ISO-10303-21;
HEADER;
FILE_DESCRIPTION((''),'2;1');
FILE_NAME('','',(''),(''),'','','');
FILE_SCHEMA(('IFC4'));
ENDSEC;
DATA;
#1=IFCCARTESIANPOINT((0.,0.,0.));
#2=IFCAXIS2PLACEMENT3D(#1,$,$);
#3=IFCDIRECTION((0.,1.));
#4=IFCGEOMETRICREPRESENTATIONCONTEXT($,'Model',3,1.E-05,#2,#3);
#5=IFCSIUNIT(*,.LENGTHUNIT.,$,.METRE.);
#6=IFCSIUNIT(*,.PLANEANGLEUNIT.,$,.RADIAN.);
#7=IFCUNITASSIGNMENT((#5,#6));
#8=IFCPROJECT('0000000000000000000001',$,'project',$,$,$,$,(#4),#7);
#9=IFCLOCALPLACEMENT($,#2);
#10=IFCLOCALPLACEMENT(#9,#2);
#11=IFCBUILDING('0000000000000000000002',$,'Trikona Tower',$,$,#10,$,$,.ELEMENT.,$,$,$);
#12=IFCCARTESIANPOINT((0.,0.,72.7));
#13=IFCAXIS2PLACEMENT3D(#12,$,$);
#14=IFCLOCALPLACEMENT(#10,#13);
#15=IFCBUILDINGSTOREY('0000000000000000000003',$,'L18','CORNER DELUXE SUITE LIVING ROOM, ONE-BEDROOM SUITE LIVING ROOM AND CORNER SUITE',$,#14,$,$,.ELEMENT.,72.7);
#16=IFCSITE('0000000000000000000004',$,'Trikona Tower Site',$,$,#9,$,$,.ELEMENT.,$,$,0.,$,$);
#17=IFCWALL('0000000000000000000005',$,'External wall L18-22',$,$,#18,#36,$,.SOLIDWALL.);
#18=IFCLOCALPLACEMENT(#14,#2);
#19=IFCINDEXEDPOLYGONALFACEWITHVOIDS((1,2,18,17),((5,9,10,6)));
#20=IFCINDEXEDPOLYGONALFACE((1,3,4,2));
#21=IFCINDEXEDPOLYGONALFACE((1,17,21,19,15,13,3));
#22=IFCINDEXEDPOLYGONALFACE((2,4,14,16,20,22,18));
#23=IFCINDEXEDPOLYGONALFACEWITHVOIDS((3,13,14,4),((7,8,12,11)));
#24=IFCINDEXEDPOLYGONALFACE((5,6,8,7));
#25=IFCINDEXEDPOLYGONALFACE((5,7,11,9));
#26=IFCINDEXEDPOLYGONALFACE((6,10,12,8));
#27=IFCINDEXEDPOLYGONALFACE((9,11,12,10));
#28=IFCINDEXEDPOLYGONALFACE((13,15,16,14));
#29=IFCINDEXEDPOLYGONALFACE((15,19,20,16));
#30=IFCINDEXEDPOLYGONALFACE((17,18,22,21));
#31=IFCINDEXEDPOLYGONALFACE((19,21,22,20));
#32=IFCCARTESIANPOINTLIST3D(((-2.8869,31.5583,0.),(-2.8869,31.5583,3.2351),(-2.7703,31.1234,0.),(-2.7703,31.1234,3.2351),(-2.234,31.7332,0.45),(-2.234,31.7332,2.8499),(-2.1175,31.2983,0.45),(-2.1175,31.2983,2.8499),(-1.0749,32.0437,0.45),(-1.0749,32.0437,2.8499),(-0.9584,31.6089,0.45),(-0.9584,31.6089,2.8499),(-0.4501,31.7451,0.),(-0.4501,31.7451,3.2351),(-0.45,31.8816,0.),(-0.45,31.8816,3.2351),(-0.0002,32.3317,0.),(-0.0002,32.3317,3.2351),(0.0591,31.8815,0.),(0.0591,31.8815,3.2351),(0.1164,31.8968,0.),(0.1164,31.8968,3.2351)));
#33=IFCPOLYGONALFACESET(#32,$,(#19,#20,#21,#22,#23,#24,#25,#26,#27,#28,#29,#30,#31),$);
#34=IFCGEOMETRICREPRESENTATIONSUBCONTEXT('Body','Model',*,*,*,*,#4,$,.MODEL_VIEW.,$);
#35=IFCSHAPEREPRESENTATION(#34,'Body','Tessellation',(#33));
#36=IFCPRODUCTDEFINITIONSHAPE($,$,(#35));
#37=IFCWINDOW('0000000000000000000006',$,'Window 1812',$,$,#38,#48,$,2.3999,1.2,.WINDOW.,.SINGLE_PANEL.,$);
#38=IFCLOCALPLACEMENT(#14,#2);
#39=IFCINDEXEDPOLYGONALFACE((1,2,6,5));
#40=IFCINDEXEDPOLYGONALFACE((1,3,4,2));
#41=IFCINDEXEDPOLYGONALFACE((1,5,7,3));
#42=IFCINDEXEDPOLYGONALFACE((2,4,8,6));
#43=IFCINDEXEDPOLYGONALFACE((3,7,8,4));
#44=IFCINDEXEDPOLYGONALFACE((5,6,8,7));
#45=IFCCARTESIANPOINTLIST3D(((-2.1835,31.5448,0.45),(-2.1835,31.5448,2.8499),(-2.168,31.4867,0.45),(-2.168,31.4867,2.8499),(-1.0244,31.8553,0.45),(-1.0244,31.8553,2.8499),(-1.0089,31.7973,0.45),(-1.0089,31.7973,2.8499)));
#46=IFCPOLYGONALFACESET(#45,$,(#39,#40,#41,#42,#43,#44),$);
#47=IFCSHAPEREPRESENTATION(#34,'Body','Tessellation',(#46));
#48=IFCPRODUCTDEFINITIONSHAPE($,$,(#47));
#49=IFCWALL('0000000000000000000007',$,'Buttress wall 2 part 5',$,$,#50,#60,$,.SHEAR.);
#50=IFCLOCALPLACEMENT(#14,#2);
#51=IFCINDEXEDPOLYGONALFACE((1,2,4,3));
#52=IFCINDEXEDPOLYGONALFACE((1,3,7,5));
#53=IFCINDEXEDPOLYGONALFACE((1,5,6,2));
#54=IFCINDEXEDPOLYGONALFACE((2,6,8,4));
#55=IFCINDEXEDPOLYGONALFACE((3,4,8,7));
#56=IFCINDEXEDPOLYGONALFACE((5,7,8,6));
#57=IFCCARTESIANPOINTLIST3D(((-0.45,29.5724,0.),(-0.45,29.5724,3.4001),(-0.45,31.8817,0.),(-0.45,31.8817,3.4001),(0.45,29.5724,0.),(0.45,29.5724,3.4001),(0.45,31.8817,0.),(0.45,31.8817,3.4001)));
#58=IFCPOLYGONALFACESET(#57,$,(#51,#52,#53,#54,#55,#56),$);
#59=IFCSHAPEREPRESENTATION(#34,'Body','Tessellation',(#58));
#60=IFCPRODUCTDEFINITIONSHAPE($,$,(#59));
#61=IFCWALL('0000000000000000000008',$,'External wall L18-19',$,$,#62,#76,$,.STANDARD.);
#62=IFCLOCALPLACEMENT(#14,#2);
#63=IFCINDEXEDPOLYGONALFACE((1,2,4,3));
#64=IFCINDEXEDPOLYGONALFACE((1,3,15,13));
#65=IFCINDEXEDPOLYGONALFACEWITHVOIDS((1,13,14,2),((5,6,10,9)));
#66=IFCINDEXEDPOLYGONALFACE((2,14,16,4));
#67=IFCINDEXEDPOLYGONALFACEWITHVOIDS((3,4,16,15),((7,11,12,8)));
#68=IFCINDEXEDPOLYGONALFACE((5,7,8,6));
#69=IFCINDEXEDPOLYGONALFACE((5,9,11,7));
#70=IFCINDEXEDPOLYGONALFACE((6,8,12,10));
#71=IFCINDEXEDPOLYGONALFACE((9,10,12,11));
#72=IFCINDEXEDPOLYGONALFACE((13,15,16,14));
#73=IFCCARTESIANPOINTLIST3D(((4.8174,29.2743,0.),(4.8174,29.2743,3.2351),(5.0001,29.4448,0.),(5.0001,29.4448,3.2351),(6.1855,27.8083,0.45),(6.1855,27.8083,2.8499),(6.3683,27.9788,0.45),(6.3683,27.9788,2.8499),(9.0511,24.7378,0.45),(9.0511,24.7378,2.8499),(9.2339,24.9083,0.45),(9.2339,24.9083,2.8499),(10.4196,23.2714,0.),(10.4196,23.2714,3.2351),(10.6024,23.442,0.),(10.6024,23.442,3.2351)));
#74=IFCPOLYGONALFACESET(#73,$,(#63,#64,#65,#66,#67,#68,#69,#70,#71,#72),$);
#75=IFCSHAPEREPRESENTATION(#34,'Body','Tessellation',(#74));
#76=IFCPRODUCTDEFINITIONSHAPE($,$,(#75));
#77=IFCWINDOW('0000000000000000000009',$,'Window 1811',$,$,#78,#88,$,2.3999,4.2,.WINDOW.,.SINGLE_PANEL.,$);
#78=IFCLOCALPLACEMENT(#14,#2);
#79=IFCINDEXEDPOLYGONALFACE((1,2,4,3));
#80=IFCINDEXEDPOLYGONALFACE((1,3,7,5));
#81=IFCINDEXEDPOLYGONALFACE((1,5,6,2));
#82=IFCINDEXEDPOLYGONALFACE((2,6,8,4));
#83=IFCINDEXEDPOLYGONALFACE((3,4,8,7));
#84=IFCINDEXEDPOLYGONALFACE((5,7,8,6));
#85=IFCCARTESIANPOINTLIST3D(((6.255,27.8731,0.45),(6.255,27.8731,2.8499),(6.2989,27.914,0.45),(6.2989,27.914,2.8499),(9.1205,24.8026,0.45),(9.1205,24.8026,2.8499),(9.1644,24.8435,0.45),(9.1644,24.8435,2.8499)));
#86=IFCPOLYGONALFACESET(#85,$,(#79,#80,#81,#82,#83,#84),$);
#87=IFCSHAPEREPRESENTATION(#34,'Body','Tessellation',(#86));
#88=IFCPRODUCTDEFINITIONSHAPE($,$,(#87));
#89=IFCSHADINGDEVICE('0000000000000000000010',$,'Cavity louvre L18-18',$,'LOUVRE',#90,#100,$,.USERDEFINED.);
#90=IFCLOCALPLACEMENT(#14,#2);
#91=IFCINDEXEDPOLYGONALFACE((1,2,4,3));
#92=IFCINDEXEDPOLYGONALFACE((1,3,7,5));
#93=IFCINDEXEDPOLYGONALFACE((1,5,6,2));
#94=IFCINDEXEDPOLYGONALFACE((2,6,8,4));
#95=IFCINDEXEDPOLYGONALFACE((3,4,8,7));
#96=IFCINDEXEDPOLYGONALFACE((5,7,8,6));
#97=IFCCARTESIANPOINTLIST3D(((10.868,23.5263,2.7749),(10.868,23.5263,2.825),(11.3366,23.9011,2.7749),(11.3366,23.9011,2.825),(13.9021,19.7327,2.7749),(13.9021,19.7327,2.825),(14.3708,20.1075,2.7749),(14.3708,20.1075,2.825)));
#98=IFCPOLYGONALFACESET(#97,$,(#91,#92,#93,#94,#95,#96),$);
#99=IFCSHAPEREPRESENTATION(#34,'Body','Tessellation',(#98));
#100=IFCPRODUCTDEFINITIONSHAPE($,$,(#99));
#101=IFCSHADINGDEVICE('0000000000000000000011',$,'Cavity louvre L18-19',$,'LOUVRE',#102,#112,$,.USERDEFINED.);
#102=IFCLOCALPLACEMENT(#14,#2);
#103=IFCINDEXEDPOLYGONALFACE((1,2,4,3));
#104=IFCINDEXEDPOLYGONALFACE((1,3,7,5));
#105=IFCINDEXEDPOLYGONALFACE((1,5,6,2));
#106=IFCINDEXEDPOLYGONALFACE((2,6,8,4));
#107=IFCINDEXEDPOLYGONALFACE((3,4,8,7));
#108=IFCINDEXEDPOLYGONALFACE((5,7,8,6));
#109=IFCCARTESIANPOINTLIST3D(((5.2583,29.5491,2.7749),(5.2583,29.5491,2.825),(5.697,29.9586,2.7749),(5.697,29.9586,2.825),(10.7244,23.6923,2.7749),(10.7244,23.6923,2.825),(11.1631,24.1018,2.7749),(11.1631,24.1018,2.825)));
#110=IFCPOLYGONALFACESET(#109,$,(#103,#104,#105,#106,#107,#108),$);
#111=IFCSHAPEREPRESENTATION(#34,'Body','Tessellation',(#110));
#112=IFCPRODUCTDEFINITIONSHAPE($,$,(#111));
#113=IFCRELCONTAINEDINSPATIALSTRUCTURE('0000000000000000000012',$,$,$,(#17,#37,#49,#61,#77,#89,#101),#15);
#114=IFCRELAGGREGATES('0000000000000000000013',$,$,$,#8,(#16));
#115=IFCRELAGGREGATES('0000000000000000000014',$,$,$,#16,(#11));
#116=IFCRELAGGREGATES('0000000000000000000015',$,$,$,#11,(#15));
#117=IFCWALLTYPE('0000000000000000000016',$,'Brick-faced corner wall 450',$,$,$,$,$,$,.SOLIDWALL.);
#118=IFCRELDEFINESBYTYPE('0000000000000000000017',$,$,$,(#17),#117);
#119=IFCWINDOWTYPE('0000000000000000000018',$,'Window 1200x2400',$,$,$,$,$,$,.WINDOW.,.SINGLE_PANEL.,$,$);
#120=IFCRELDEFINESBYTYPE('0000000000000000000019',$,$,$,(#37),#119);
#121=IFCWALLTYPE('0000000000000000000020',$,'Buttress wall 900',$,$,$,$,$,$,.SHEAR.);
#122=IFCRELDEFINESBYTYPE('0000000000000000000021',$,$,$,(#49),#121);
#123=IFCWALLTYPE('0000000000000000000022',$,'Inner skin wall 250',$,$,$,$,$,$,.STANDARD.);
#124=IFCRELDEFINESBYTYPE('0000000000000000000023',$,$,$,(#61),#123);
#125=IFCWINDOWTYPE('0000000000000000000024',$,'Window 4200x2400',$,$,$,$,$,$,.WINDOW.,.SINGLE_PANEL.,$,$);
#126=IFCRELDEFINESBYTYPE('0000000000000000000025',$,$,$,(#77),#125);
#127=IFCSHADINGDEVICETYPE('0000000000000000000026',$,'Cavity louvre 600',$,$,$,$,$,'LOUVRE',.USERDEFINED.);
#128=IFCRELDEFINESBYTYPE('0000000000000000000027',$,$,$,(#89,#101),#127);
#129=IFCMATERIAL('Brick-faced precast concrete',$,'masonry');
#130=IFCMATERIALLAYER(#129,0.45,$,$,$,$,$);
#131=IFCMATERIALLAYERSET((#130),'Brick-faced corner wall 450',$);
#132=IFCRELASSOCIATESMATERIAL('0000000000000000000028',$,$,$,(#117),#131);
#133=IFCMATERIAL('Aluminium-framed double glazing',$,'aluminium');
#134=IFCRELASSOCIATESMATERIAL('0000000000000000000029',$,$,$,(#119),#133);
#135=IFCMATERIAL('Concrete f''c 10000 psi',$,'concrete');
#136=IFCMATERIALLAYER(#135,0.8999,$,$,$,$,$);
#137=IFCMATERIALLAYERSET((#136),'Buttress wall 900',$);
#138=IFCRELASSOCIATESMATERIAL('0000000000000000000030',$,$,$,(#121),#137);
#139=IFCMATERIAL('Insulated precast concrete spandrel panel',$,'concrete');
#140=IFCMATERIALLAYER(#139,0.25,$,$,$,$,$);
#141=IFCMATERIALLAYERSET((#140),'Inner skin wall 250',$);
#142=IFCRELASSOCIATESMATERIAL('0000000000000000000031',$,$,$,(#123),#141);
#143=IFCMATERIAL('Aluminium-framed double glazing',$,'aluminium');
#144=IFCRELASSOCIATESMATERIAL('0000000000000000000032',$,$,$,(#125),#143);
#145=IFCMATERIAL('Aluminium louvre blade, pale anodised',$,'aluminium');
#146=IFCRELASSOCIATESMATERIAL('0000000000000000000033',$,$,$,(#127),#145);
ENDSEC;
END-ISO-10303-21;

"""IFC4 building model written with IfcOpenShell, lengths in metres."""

from ifc_helpers import new_model, si_unit, direction, frame, frame_2d, origin, origin_2d, place, context, subcontext, project, spatial, polyline, rectangle, outline, extrude, material, layer, layer_set, type_object, element, fill, save


model = new_model("IFC4")

# Units and contexts
model_context = context("Model", 3, precision=1e-05, world=origin(), true_north=direction((0.0, 1.0)))
body_context = subcontext(model_context, "Body", "Model", "MODEL_VIEW")
ifc_project = project(units=[si_unit("LENGTHUNIT", "METRE"), si_unit("PLANEANGLEUNIT", "RADIAN")], contexts=[model_context])

# Site, building, storey
site_placement = place(None, origin())
site = spatial("IfcSite", under=ifc_project, at=site_placement, Name="Trikona Tower Site", CompositionType="ELEMENT", RefElevation=0.0)
building_placement = place(site_placement, origin())
building = spatial("IfcBuilding", under=site, at=building_placement, Name="Trikona Tower", CompositionType="ELEMENT")
storey_placement = place(building_placement, frame((0.0, 0.0, 72.7)))
storey = spatial("IfcBuildingStorey", under=building, at=storey_placement, Name="L18", Description="CORNER DELUXE SUITE LIVING ROOM, ONE-BEDROOM SUITE LIVING ROOM AND CORNER SUITE", CompositionType="ELEMENT", Elevation=72.7)

# Wall, opening, window
ifc_material_1 = material(Name="Brick-faced precast concrete", Category="masonry")
ifc_layer_1 = layer(ifc_material_1, 0.45)
ifc_layer_set_1 = layer_set([ifc_layer_1], Name="Brick-faced corner wall 450")
wall_type_1 = type_object("IfcWallType", Name="Brick-faced corner wall 450", PredefinedType="SOLIDWALL", material=ifc_layer_set_1)
ifc_material_2 = material(Name="Aluminium-framed double glazing", Category="aluminium")
window_type_1 = type_object("IfcWindowType", Name="Window 1200x2400", PartitioningType="SINGLE_PANEL", PredefinedType="WINDOW", material=ifc_material_2)
wall_1_placement = place(storey_placement, frame((0.0581, 32.1143, 0.0), z_axis=(0.0, 0.0, 1.0), x_axis=(-0.965931, -0.258801, 0.0)))
wall_1 = element("IfcWall", 1, at=wall_1_placement, inside=storey, type_object=wall_type_1, Name="External wall L18-22", PredefinedType="SOLIDWALL", context=body_context, shape_type="SweptSolid", body=[
    extrude(outline(polyline([(2.9885, 0.2251), (0.5864, 0.2251), (0.551, 0.0933), (0.0593, 0.2251), (0.0, 0.2251), (0.0, -0.2251), (2.9885, -0.2251), (2.9885, 0.2251)])), origin(), (0.0, 0.0, 1.0), 3.2351),
])
opening_1_placement = place(wall_1_placement, frame((1.1125, 0.0, 0.45)))
opening_1 = element("IfcOpeningElement", 2, at=opening_1_placement, cuts=wall_1, PredefinedType="OPENING", context=body_context, shape_type="SweptSolid", body=[
    extrude(rectangle(XDim=1.2, YDim=2.3999, at=frame_2d((0.6001, 1.2))), frame((0.0, 0.2349, 0.0), z_axis=(0.0, -1.0, 0.0), x_axis=(1.0, 0.0, 0.0)), (0.0, 0.0, 1.0), 0.47),
])
window_1_placement = place(opening_1_placement, origin())
window_1 = element("IfcWindow", 3, at=window_1_placement, inside=storey, type_object=window_type_1, Name="Window 1812", OverallHeight=2.3999, OverallWidth=1.2, PartitioningType="SINGLE_PANEL", PredefinedType="WINDOW", context=body_context, shape_type="SweptSolid", body=[
    extrude(rectangle(XDim=1.2, YDim=2.3999, at=frame_2d((0.6001, 1.2))), frame((0.0, 0.03, 0.0), z_axis=(0.0, -1.0, 0.0), x_axis=(1.0, 0.0, 0.0)), (0.0, 0.0, 1.0), 0.0601),
])
fill(opening_1, window_1)

# Wall
ifc_material_3 = material(Name="Concrete f'c 10000 psi", Category="concrete")
ifc_layer_2 = layer(ifc_material_3, 0.8999)
ifc_layer_set_2 = layer_set([ifc_layer_2], Name="Buttress wall 900")
wall_type_2 = type_object("IfcWallType", Name="Buttress wall 900", PredefinedType="SHEAR", material=ifc_layer_set_2)
wall_2_placement = place(storey_placement, frame((0.0, 29.5723, 0.0), z_axis=(0.0, 0.0, 1.0), x_axis=(0.0, 1.0, 0.0)))
element("IfcWall", 4, at=wall_2_placement, inside=storey, type_object=wall_type_2, Name="Buttress wall 2 part 5", PredefinedType="SHEAR", context=body_context, shape_type="SweptSolid", body=[
    extrude(rectangle(XDim=2.3093, YDim=0.8999, at=frame_2d((1.1548, 0.0))), origin(), (0.0, 0.0, 1.0), 3.4001),
])

# Wall, opening, window
ifc_material_4 = material(Name="Insulated precast concrete spandrel panel", Category="concrete")
ifc_layer_3 = layer(ifc_material_4, 0.25)
ifc_layer_set_3 = layer_set([ifc_layer_3], Name="Inner skin wall 250")
wall_type_3 = type_object("IfcWallType", Name="Inner skin wall 250", PredefinedType="STANDARD", material=ifc_layer_set_3)
wall_3_placement = place(storey_placement, frame((10.511, 23.3567, 0.0), z_axis=(0.0, 0.0, 1.0), x_axis=(-0.68229, 0.731082, 0.0)))
wall_3 = element("IfcWall", 5, at=wall_3_placement, inside=storey, type_object=wall_type_3, Name="External wall L18-19", PredefinedType="STANDARD", context=body_context, shape_type="SweptSolid", body=[
    extrude(rectangle(XDim=8.2109, YDim=0.25, at=frame_2d((4.1055, 0.0))), origin(), (0.0, 0.0, 1.0), 3.2351),
])
opening_2_placement = place(wall_3_placement, frame((2.0056, 0.0, 0.45)))
opening_2 = element("IfcOpeningElement", 6, at=opening_2_placement, cuts=wall_3, PredefinedType="OPENING", context=body_context, shape_type="SweptSolid", body=[
    extrude(rectangle(XDim=4.2, YDim=2.3999, at=frame_2d((2.1001, 1.2))), frame((0.0, 0.135, 0.0), z_axis=(0.0, -1.0, 0.0), x_axis=(1.0, 0.0, 0.0)), (0.0, 0.0, 1.0), 0.27),
])
ifc_material_5 = material(Name="Aluminium-framed double glazing", Category="aluminium")
window_type_2 = type_object("IfcWindowType", Name="Window 4200x2400", PartitioningType="SINGLE_PANEL", PredefinedType="WINDOW", material=ifc_material_5)
window_2_placement = place(opening_2_placement, origin())
window_2 = element("IfcWindow", 7, at=window_2_placement, inside=storey, type_object=window_type_2, Name="Window 1811", OverallHeight=2.3999, OverallWidth=4.2, PartitioningType="SINGLE_PANEL", PredefinedType="WINDOW", context=body_context, shape_type="SweptSolid", body=[
    extrude(rectangle(XDim=4.2, YDim=2.3999, at=frame_2d((2.1001, 1.2))), frame((0.0, 0.03, 0.0), z_axis=(0.0, -1.0, 0.0), x_axis=(1.0, 0.0, 0.0)), (0.0, 0.0, 1.0), 0.0601),
])
fill(opening_2, window_2)

# Shading devices
ifc_material_6 = material(Name="Aluminium louvre blade, pale anodised", Category="aluminium")
shading_device_type = type_object("IfcShadingDeviceType", Name="Cavity louvre 600", ElementType="LOUVRE", PredefinedType="USERDEFINED", material=ifc_material_6)
shading_device_1_placement = place(storey_placement, frame((12.6194, 21.8169, 2.7749), z_axis=(0.0, 0.0, 1.0), x_axis=(-0.624604, 0.780942, 0.0)))
element("IfcShadingDevice", 8, at=shading_device_1_placement, inside=storey, type_object=shading_device_type, Name="Cavity louvre L18-18", ObjectType="LOUVRE", PredefinedType="USERDEFINED", context=body_context, shape_type="SweptSolid", body=[
    extrude(rectangle(XDim=4.8577, YDim=0.6001, at=origin_2d()), origin(), (0.0, 0.0, 1.0), 0.05),
])
shading_device_2_placement = place(storey_placement, frame((8.2107, 26.8254, 2.7749), z_axis=(0.0, 0.0, 1.0), x_axis=(-0.682298, 0.731074, 0.0)))
element("IfcShadingDevice", 9, at=shading_device_2_placement, inside=storey, type_object=shading_device_type, Name="Cavity louvre L18-19", ObjectType="LOUVRE", PredefinedType="USERDEFINED", context=body_context, shape_type="SweptSolid", body=[
    extrude(rectangle(XDim=8.0112, YDim=0.6001, at=origin_2d()), origin(), (0.0, 0.0, 1.0), 0.05),
])

save(model, "model.ifc")
